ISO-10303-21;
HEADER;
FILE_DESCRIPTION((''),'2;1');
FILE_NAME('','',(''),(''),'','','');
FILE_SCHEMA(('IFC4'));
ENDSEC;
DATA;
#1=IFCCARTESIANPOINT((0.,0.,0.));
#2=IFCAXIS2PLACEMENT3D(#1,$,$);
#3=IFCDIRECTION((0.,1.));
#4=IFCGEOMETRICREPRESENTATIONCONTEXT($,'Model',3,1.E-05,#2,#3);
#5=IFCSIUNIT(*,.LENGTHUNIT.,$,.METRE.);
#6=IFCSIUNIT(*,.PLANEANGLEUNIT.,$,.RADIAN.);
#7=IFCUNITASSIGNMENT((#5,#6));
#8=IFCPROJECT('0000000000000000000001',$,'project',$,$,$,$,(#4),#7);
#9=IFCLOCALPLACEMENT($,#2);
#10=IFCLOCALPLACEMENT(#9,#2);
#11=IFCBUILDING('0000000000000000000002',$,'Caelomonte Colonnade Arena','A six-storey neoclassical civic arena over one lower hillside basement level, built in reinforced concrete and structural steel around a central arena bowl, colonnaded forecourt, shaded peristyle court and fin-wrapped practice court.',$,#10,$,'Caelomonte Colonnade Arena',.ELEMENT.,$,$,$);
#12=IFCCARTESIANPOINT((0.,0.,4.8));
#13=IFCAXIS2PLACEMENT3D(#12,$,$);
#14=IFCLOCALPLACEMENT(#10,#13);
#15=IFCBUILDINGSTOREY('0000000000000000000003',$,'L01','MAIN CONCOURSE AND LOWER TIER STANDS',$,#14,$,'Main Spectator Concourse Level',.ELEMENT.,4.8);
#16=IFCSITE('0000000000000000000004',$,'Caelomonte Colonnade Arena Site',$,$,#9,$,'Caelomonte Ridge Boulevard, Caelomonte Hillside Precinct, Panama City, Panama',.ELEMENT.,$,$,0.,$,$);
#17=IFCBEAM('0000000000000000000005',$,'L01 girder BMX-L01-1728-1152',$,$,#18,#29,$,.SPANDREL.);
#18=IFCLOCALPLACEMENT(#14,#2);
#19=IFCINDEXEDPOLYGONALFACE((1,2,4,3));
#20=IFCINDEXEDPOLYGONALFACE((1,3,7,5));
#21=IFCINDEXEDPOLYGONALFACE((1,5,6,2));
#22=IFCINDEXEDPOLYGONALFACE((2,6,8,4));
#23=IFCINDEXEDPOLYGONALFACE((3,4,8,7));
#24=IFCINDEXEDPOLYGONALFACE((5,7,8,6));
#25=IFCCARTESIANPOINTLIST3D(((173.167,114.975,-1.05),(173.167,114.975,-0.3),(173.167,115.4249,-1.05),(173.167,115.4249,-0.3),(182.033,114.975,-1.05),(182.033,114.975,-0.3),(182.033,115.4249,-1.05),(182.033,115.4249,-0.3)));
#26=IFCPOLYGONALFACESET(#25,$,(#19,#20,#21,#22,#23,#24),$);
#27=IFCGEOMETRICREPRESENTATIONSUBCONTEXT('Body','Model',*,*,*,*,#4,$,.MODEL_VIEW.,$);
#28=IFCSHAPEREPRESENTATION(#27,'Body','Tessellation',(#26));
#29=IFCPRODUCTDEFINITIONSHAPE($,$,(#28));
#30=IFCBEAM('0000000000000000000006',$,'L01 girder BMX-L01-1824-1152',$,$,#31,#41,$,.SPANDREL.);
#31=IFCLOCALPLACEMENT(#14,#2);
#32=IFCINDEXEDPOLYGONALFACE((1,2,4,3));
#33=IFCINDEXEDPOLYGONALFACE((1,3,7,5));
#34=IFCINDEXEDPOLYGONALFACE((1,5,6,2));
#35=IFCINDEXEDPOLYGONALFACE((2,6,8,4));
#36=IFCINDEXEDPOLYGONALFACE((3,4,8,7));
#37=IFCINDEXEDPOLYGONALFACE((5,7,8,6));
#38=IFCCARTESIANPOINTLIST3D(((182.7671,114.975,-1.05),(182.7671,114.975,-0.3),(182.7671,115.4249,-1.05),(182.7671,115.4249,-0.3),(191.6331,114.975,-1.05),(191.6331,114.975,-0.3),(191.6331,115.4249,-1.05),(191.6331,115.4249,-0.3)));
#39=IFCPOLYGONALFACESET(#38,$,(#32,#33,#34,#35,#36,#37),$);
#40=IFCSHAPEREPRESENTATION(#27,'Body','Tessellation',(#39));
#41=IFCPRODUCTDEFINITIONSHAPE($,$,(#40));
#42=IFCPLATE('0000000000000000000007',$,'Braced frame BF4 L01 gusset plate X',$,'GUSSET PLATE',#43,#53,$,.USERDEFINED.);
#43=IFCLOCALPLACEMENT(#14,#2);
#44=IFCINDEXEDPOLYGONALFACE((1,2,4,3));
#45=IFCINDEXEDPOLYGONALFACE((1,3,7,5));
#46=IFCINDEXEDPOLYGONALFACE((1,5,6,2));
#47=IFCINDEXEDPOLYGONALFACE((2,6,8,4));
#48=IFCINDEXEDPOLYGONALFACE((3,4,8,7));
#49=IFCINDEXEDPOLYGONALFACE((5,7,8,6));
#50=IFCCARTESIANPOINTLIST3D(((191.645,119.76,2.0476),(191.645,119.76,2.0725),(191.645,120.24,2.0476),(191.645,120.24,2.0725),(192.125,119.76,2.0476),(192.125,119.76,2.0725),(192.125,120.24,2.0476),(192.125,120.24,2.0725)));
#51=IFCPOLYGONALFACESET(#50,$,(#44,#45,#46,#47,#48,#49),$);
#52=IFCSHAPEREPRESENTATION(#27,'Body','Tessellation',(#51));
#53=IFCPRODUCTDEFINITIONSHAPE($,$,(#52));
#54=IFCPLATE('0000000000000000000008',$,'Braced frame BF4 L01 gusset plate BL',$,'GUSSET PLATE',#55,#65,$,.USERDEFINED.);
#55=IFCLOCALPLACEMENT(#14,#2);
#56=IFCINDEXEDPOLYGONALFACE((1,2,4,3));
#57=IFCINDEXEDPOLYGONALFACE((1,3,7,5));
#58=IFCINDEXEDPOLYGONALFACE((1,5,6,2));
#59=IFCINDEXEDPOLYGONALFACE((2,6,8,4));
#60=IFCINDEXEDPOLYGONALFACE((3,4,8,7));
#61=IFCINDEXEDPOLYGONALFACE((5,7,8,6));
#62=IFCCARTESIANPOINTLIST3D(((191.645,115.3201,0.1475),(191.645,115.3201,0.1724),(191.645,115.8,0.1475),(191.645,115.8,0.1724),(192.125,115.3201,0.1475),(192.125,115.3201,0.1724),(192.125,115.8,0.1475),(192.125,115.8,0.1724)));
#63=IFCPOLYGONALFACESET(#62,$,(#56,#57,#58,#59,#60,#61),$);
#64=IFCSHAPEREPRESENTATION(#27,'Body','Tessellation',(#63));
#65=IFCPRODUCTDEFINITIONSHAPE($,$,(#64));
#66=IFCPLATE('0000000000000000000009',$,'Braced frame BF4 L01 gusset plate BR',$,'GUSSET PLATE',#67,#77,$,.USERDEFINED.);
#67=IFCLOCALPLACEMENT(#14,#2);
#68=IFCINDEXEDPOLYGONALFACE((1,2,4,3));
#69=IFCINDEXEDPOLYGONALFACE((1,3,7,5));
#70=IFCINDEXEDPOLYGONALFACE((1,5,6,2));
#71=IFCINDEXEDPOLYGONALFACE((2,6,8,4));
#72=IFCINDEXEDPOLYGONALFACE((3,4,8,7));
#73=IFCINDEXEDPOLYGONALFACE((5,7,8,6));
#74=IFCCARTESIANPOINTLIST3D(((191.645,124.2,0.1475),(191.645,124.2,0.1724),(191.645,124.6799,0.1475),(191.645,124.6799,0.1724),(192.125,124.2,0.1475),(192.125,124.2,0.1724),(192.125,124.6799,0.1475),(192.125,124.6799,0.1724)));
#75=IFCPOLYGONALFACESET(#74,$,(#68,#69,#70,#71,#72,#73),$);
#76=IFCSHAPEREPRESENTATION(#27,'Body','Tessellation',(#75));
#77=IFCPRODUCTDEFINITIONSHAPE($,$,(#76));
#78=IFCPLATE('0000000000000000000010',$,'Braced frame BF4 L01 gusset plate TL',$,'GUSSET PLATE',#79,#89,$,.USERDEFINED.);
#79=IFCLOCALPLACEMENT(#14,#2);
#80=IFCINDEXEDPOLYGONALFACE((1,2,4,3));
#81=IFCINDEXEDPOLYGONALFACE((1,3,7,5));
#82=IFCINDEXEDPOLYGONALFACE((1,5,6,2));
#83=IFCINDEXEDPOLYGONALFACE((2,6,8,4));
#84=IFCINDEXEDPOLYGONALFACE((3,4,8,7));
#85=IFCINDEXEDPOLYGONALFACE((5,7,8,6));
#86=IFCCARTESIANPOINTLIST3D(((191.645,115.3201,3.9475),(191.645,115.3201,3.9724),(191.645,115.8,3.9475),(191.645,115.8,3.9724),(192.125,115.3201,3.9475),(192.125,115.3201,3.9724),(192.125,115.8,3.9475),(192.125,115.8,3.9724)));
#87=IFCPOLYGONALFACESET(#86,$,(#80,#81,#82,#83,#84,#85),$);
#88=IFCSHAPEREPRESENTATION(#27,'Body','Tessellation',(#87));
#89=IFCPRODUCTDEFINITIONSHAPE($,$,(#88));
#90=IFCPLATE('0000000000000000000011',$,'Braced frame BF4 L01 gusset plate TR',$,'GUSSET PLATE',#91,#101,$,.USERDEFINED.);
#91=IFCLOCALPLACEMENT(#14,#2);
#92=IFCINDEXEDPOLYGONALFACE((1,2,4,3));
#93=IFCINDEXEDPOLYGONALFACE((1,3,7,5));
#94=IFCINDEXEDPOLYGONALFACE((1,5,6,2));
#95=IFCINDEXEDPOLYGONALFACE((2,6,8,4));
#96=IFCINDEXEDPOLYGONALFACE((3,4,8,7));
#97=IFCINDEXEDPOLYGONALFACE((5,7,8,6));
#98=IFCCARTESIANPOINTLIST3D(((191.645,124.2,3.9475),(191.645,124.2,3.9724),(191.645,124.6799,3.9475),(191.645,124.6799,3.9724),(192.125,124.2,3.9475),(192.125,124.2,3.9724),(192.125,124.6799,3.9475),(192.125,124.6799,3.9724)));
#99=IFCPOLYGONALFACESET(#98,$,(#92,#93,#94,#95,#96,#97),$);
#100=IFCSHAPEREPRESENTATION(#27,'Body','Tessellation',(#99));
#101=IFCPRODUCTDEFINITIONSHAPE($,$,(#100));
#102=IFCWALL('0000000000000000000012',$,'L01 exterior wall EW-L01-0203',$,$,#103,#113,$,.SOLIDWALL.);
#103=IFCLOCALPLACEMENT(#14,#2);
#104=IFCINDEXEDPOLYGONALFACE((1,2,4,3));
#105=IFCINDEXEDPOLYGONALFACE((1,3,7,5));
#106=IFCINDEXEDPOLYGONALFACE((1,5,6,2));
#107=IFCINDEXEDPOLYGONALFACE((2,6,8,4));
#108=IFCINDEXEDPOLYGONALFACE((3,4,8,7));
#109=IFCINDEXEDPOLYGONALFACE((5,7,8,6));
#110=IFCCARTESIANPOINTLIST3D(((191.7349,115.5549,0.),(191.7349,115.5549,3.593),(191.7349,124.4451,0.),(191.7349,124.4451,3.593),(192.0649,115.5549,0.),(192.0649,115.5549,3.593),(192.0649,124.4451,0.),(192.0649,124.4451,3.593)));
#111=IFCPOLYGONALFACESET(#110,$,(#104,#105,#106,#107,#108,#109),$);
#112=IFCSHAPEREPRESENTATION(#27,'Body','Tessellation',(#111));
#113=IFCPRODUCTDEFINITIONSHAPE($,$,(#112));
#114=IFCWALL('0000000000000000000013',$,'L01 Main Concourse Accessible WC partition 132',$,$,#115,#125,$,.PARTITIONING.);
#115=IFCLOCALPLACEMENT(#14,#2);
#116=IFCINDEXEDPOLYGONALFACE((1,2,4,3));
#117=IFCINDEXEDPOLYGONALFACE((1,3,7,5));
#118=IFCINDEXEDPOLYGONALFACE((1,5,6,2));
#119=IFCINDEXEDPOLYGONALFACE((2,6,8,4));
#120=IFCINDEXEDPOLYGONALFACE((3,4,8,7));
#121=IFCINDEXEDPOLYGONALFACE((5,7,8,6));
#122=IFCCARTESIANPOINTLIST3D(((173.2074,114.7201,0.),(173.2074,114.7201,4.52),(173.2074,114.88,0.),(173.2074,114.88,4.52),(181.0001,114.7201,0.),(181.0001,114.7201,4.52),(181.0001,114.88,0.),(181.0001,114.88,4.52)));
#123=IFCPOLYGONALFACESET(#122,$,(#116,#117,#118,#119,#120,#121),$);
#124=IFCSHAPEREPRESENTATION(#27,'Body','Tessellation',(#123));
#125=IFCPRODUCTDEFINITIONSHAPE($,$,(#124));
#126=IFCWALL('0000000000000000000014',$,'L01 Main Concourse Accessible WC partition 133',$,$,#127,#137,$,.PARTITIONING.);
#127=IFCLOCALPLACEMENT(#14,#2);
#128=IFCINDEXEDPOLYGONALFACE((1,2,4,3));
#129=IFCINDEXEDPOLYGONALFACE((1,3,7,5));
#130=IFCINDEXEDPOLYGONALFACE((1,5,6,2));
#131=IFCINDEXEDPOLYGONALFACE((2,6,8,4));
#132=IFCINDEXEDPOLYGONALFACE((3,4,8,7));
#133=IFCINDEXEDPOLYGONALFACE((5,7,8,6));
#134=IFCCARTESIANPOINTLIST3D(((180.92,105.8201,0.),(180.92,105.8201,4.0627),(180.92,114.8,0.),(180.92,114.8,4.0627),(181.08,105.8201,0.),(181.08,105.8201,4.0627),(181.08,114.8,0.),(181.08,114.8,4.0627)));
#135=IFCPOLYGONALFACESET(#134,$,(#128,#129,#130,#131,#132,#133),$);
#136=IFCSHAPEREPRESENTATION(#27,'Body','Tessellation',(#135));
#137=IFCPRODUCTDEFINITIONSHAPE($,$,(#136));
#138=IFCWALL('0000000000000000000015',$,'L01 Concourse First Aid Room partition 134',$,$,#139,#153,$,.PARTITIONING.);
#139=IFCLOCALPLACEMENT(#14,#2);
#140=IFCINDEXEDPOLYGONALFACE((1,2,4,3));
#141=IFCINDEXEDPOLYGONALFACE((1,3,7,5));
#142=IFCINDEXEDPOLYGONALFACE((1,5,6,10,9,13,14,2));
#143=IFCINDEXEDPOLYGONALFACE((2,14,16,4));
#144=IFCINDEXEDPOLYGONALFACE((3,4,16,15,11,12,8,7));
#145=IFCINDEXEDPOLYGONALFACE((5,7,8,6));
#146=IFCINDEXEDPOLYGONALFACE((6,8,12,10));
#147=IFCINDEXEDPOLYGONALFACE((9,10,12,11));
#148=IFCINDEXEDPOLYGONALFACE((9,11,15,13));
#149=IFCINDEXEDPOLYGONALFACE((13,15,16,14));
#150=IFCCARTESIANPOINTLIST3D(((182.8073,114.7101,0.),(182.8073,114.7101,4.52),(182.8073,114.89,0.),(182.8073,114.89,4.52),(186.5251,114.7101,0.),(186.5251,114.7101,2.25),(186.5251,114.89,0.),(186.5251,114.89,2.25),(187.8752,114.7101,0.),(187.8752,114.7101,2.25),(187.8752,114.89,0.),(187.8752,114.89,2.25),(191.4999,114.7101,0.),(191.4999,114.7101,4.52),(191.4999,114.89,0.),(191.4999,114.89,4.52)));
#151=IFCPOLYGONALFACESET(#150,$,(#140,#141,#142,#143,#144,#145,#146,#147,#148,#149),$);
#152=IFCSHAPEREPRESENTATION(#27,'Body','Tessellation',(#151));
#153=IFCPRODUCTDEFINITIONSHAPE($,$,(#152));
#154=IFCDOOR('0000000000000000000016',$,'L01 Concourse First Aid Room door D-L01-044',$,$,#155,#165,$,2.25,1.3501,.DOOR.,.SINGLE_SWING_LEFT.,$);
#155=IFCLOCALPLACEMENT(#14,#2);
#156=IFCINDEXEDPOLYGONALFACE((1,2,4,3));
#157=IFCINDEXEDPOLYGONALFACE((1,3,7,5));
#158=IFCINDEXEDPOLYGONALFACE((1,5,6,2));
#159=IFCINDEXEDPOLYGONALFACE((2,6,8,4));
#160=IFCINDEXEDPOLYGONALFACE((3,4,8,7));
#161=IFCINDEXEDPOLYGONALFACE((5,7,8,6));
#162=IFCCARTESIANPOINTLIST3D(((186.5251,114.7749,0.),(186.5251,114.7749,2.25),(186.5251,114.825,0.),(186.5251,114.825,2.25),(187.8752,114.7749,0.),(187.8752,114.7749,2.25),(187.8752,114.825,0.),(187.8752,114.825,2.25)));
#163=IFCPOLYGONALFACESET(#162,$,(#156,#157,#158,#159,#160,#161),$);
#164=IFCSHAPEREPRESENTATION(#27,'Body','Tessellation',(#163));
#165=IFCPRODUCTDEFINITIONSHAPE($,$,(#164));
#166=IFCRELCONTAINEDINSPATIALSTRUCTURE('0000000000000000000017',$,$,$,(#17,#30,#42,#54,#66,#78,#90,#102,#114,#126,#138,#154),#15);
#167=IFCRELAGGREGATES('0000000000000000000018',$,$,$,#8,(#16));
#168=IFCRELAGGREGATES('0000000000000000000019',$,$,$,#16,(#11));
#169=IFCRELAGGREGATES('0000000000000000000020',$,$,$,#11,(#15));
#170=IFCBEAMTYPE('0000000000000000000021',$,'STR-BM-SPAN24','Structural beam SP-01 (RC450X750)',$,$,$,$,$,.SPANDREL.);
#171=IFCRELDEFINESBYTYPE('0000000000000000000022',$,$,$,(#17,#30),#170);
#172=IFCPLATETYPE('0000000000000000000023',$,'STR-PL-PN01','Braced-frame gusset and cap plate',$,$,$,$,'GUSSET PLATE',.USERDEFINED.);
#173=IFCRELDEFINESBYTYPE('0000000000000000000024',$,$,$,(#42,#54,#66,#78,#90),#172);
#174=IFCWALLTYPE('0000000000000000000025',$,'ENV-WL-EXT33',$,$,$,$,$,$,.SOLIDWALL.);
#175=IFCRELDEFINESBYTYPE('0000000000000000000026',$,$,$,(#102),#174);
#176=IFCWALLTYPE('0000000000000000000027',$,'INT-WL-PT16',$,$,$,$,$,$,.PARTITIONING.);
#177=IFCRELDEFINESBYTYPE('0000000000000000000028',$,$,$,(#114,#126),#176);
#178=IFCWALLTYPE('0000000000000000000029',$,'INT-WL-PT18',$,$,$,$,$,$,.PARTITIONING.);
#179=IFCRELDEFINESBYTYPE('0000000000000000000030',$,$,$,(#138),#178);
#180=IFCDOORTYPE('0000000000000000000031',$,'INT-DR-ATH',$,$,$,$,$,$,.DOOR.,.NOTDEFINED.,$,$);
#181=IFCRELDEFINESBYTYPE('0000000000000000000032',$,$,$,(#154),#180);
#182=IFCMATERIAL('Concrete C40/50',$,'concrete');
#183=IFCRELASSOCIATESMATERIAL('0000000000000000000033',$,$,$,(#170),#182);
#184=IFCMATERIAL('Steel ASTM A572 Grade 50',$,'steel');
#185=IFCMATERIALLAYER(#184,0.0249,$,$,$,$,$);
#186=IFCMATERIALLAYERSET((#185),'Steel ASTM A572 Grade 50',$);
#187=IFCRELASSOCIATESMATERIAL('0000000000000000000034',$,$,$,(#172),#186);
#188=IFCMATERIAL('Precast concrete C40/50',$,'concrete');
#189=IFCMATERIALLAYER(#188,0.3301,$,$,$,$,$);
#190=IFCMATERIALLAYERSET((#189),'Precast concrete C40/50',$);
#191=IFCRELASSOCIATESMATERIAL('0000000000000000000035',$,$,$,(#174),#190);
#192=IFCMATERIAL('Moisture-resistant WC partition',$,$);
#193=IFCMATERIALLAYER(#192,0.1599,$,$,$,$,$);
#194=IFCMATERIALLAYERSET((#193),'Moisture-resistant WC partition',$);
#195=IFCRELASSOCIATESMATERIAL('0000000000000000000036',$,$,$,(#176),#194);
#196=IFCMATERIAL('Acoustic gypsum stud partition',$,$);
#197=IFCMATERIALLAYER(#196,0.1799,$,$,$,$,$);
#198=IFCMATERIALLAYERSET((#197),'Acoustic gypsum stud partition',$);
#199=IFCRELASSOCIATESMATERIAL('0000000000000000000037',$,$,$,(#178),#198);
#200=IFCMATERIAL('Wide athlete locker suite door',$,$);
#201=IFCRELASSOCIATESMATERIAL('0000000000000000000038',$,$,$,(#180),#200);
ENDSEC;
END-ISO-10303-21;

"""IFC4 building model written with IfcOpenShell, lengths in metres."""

from ifc_helpers import new_model, si_unit, direction, frame, frame_2d, origin, origin_2d, place, context, subcontext, project, spatial, rectangle, extrude, material, layer, layer_set, material_profile, profile_set, type_object, element, fill, save


model = new_model("IFC4")

# Units and contexts
model_context = context("Model", 3, precision=1e-05, world=origin(), true_north=direction((0.0, 1.0)))
body_context = subcontext(model_context, "Body", "Model", "MODEL_VIEW")
ifc_project = project(units=[si_unit("LENGTHUNIT", "METRE"), si_unit("PLANEANGLEUNIT", "RADIAN")], contexts=[model_context])

# Site, building, storey
site_placement = place(None, origin())
site = spatial("IfcSite", under=ifc_project, at=site_placement, Name="Caelomonte Colonnade Arena Site", LongName="Caelomonte Ridge Boulevard, Caelomonte Hillside Precinct, Panama City, Panama", CompositionType="ELEMENT", RefElevation=0.0)
building_placement = place(site_placement, origin())
building = spatial("IfcBuilding", under=site, at=building_placement, Name="Caelomonte Colonnade Arena", Description="A six-storey neoclassical civic arena over one lower hillside basement level, built in reinforced concrete and structural steel around a central arena bowl, colonnaded forecourt, shaded peristyle court and fin-wrapped practice court.", LongName="Caelomonte Colonnade Arena", CompositionType="ELEMENT")
storey_placement = place(building_placement, frame((0.0, 0.0, 4.8)))
storey = spatial("IfcBuildingStorey", under=building, at=storey_placement, Name="L01", Description="MAIN CONCOURSE AND LOWER TIER STANDS", LongName="Main Spectator Concourse Level", CompositionType="ELEMENT", Elevation=4.8)

# Shared definitions
ifc_material_1 = material(Name="Concrete C40/50", Category="concrete")

# Beams
ifc_material_profile_1 = material_profile(ifc_material_1, rectangle(XDim=0.45, YDim=0.75, at=origin_2d()), Name="RC450X750")
ifc_profile_set_1 = profile_set([ifc_material_profile_1], Name="Concrete C40/50")
beam_type_1 = type_object("IfcBeamType", Name="STR-BM-SPAN24", Description="Structural beam SP-01 (RC450X750)", PredefinedType="SPANDREL", material=ifc_profile_set_1)
for number, where, z_axis, x_axis, name in (
    (1, (173.167, 115.2, -0.675), (1.0, 0.0, 0.0), (0.0, 1.0, 0.0), "L01 girder BMX-L01-1728-1152"),
    (2, (182.7671, 115.2, -0.675), (1.0, 0.0, 0.0), (0.0, 1.0, 0.0), "L01 girder BMX-L01-1824-1152"),
):
    element("IfcBeam", number, at=place(storey_placement, frame(where, z_axis=z_axis, x_axis=x_axis)), inside=storey, type_object=beam_type_1, Name=name, PredefinedType="SPANDREL", context=body_context, shape_type="SweptSolid", body=[
        extrude(rectangle(XDim=0.45, YDim=0.75, at=origin_2d()), origin(), (0.0, 0.0, 1.0), 8.866),
    ])

# Plates
ifc_material_2 = material(Name="Steel ASTM A572 Grade 50", Category="steel")
ifc_layer_1 = layer(ifc_material_2, 0.0249)
ifc_layer_set_1 = layer_set([ifc_layer_1], Name="Steel ASTM A572 Grade 50")
plate_type = type_object("IfcPlateType", Name="STR-PL-PN01", Description="Braced-frame gusset and cap plate", ElementType="GUSSET PLATE", PredefinedType="USERDEFINED", material=ifc_layer_set_1)
for number, where, z_axis, x_axis, name in (
    (3, (191.885, 120.0, 2.0476), (0.0, 0.0, 1.0), (1.0, 0.0, 0.0), "Braced frame BF4 L01 gusset plate X"),
    (4, (191.885, 115.5601, 0.1475), (0.0, 0.0, 1.0), (1.0, 0.0, 0.0), "Braced frame BF4 L01 gusset plate BL"),
    (5, (191.885, 124.4399, 0.1475), (0.0, 0.0, 1.0), (1.0, 0.0, 0.0), "Braced frame BF4 L01 gusset plate BR"),
    (6, (191.885, 115.5601, 3.9475), (0.0, 0.0, 1.0), (1.0, 0.0, 0.0), "Braced frame BF4 L01 gusset plate TL"),
    (7, (191.885, 124.4399, 3.9475), (0.0, 0.0, 1.0), (1.0, 0.0, 0.0), "Braced frame BF4 L01 gusset plate TR"),
):
    element("IfcPlate", number, at=place(storey_placement, frame(where, z_axis=z_axis, x_axis=x_axis)), inside=storey, type_object=plate_type, Name=name, ObjectType="GUSSET PLATE", PredefinedType="USERDEFINED", context=body_context, shape_type="SweptSolid", body=[
        extrude(rectangle(XDim=0.48, YDim=0.48, at=origin_2d()), origin(), (0.0, 0.0, 1.0), 0.0249),
    ])

# Walls
ifc_material_3 = material(Name="Precast concrete C40/50", Category="concrete")
ifc_layer_2 = layer(ifc_material_3, 0.3301)
ifc_layer_set_2 = layer_set([ifc_layer_2], Name="Precast concrete C40/50")
wall_type_1 = type_object("IfcWallType", Name="ENV-WL-EXT33", PredefinedType="SOLIDWALL", material=ifc_layer_set_2)
wall_1_placement = place(storey_placement, frame((191.8999, 115.5549, 0.0), z_axis=(0.0, 0.0, 1.0), x_axis=(0.0, 1.0, 0.0)))
element("IfcWall", 8, at=wall_1_placement, inside=storey, type_object=wall_type_1, Name="L01 exterior wall EW-L01-0203", PredefinedType="SOLIDWALL", context=body_context, shape_type="SweptSolid", body=[
    extrude(rectangle(XDim=8.8901, YDim=0.3301, at=frame_2d((4.4451, 0.0))), origin(), (0.0, 0.0, 1.0), 3.593),
])
ifc_material_4 = material(Name="Moisture-resistant WC partition")
ifc_layer_3 = layer(ifc_material_4, 0.1599)
ifc_layer_set_3 = layer_set([ifc_layer_3], Name="Moisture-resistant WC partition")
wall_type_2 = type_object("IfcWallType", Name="INT-WL-PT16", PredefinedType="PARTITIONING", material=ifc_layer_set_3)
wall_2_placement = place(storey_placement, frame((173.2073, 114.8, 0.0), z_axis=(0.0, 0.0, 1.0), x_axis=(1.0, 0.0, 0.0)))
element("IfcWall", 9, at=wall_2_placement, inside=storey, type_object=wall_type_2, Name="L01 Main Concourse Accessible WC partition 132", PredefinedType="PARTITIONING", context=body_context, shape_type="SweptSolid", body=[
    extrude(rectangle(XDim=7.7927, YDim=0.1599, at=frame_2d((3.8965, 0.0))), origin(), (0.0, 0.0, 1.0), 4.52),
])
wall_3_placement = place(storey_placement, frame((181.0, 114.8, 0.0), z_axis=(0.0, 0.0, 1.0), x_axis=(0.0, -1.0, 0.0)))
element("IfcWall", 10, at=wall_3_placement, inside=storey, type_object=wall_type_2, Name="L01 Main Concourse Accessible WC partition 133", PredefinedType="PARTITIONING", context=body_context, shape_type="SweptSolid", body=[
    extrude(rectangle(XDim=8.98, YDim=0.1599, at=frame_2d((4.49, 0.0))), origin(), (0.0, 0.0, 1.0), 4.0627),
])

# Wall, opening, door
ifc_material_5 = material(Name="Acoustic gypsum stud partition")
ifc_layer_4 = layer(ifc_material_5, 0.1799)
ifc_layer_set_4 = layer_set([ifc_layer_4], Name="Acoustic gypsum stud partition")
wall_type_3 = type_object("IfcWallType", Name="INT-WL-PT18", PredefinedType="PARTITIONING", material=ifc_layer_set_4)
wall_4_placement = place(storey_placement, frame((182.8074, 114.8, 0.0), z_axis=(0.0, 0.0, 1.0), x_axis=(1.0, 0.0, 0.0)))
wall_4 = element("IfcWall", 11, at=wall_4_placement, inside=storey, type_object=wall_type_3, Name="L01 Concourse First Aid Room partition 134", PredefinedType="PARTITIONING", context=body_context, shape_type="SweptSolid", body=[
    extrude(rectangle(XDim=8.6926, YDim=0.1799, at=frame_2d((4.3462, 0.0))), origin(), (0.0, 0.0, 1.0), 4.52),
])
opening_1_placement = place(wall_4_placement, frame((3.7178, 0.0, 0.0), z_axis=(0.0, 0.0, 1.0), x_axis=(1.0, 0.0, 0.0)))
opening_1 = element("IfcOpeningElement", 12, at=opening_1_placement, cuts=wall_4, PredefinedType="OPENING", context=body_context, shape_type="SweptSolid", body=[
    extrude(rectangle(XDim=1.3501, YDim=2.25, at=frame_2d((0.675, 1.125))), frame((0.0, 0.0999, 0.0), z_axis=(0.0, -1.0, 0.0), x_axis=(1.0, 0.0, 0.0)), (0.0, 0.0, 1.0), 0.2),
])
ifc_material_6 = material(Name="Wide athlete locker suite door")
door_type_1 = type_object("IfcDoorType", Name="INT-DR-ATH", OperationType="NOTDEFINED", PredefinedType="DOOR", material=ifc_material_6)
door_1_placement = place(opening_1_placement, origin())
door_1 = element("IfcDoor", 13, at=door_1_placement, inside=storey, type_object=door_type_1, Name="L01 Concourse First Aid Room door D-L01-044", OperationType="SINGLE_SWING_LEFT", OverallHeight=2.25, OverallWidth=1.3501, PredefinedType="DOOR", context=body_context, shape_type="SweptSolid", body=[
    extrude(rectangle(XDim=1.3501, YDim=2.25, at=frame_2d((0.675, 1.125))), frame((0.0, 0.0249, 0.0), z_axis=(0.0, -1.0, 0.0), x_axis=(1.0, 0.0, 0.0)), (0.0, 0.0, 1.0), 0.05),
])
fill(opening_1, door_1)

save(model, "model.ifc")
